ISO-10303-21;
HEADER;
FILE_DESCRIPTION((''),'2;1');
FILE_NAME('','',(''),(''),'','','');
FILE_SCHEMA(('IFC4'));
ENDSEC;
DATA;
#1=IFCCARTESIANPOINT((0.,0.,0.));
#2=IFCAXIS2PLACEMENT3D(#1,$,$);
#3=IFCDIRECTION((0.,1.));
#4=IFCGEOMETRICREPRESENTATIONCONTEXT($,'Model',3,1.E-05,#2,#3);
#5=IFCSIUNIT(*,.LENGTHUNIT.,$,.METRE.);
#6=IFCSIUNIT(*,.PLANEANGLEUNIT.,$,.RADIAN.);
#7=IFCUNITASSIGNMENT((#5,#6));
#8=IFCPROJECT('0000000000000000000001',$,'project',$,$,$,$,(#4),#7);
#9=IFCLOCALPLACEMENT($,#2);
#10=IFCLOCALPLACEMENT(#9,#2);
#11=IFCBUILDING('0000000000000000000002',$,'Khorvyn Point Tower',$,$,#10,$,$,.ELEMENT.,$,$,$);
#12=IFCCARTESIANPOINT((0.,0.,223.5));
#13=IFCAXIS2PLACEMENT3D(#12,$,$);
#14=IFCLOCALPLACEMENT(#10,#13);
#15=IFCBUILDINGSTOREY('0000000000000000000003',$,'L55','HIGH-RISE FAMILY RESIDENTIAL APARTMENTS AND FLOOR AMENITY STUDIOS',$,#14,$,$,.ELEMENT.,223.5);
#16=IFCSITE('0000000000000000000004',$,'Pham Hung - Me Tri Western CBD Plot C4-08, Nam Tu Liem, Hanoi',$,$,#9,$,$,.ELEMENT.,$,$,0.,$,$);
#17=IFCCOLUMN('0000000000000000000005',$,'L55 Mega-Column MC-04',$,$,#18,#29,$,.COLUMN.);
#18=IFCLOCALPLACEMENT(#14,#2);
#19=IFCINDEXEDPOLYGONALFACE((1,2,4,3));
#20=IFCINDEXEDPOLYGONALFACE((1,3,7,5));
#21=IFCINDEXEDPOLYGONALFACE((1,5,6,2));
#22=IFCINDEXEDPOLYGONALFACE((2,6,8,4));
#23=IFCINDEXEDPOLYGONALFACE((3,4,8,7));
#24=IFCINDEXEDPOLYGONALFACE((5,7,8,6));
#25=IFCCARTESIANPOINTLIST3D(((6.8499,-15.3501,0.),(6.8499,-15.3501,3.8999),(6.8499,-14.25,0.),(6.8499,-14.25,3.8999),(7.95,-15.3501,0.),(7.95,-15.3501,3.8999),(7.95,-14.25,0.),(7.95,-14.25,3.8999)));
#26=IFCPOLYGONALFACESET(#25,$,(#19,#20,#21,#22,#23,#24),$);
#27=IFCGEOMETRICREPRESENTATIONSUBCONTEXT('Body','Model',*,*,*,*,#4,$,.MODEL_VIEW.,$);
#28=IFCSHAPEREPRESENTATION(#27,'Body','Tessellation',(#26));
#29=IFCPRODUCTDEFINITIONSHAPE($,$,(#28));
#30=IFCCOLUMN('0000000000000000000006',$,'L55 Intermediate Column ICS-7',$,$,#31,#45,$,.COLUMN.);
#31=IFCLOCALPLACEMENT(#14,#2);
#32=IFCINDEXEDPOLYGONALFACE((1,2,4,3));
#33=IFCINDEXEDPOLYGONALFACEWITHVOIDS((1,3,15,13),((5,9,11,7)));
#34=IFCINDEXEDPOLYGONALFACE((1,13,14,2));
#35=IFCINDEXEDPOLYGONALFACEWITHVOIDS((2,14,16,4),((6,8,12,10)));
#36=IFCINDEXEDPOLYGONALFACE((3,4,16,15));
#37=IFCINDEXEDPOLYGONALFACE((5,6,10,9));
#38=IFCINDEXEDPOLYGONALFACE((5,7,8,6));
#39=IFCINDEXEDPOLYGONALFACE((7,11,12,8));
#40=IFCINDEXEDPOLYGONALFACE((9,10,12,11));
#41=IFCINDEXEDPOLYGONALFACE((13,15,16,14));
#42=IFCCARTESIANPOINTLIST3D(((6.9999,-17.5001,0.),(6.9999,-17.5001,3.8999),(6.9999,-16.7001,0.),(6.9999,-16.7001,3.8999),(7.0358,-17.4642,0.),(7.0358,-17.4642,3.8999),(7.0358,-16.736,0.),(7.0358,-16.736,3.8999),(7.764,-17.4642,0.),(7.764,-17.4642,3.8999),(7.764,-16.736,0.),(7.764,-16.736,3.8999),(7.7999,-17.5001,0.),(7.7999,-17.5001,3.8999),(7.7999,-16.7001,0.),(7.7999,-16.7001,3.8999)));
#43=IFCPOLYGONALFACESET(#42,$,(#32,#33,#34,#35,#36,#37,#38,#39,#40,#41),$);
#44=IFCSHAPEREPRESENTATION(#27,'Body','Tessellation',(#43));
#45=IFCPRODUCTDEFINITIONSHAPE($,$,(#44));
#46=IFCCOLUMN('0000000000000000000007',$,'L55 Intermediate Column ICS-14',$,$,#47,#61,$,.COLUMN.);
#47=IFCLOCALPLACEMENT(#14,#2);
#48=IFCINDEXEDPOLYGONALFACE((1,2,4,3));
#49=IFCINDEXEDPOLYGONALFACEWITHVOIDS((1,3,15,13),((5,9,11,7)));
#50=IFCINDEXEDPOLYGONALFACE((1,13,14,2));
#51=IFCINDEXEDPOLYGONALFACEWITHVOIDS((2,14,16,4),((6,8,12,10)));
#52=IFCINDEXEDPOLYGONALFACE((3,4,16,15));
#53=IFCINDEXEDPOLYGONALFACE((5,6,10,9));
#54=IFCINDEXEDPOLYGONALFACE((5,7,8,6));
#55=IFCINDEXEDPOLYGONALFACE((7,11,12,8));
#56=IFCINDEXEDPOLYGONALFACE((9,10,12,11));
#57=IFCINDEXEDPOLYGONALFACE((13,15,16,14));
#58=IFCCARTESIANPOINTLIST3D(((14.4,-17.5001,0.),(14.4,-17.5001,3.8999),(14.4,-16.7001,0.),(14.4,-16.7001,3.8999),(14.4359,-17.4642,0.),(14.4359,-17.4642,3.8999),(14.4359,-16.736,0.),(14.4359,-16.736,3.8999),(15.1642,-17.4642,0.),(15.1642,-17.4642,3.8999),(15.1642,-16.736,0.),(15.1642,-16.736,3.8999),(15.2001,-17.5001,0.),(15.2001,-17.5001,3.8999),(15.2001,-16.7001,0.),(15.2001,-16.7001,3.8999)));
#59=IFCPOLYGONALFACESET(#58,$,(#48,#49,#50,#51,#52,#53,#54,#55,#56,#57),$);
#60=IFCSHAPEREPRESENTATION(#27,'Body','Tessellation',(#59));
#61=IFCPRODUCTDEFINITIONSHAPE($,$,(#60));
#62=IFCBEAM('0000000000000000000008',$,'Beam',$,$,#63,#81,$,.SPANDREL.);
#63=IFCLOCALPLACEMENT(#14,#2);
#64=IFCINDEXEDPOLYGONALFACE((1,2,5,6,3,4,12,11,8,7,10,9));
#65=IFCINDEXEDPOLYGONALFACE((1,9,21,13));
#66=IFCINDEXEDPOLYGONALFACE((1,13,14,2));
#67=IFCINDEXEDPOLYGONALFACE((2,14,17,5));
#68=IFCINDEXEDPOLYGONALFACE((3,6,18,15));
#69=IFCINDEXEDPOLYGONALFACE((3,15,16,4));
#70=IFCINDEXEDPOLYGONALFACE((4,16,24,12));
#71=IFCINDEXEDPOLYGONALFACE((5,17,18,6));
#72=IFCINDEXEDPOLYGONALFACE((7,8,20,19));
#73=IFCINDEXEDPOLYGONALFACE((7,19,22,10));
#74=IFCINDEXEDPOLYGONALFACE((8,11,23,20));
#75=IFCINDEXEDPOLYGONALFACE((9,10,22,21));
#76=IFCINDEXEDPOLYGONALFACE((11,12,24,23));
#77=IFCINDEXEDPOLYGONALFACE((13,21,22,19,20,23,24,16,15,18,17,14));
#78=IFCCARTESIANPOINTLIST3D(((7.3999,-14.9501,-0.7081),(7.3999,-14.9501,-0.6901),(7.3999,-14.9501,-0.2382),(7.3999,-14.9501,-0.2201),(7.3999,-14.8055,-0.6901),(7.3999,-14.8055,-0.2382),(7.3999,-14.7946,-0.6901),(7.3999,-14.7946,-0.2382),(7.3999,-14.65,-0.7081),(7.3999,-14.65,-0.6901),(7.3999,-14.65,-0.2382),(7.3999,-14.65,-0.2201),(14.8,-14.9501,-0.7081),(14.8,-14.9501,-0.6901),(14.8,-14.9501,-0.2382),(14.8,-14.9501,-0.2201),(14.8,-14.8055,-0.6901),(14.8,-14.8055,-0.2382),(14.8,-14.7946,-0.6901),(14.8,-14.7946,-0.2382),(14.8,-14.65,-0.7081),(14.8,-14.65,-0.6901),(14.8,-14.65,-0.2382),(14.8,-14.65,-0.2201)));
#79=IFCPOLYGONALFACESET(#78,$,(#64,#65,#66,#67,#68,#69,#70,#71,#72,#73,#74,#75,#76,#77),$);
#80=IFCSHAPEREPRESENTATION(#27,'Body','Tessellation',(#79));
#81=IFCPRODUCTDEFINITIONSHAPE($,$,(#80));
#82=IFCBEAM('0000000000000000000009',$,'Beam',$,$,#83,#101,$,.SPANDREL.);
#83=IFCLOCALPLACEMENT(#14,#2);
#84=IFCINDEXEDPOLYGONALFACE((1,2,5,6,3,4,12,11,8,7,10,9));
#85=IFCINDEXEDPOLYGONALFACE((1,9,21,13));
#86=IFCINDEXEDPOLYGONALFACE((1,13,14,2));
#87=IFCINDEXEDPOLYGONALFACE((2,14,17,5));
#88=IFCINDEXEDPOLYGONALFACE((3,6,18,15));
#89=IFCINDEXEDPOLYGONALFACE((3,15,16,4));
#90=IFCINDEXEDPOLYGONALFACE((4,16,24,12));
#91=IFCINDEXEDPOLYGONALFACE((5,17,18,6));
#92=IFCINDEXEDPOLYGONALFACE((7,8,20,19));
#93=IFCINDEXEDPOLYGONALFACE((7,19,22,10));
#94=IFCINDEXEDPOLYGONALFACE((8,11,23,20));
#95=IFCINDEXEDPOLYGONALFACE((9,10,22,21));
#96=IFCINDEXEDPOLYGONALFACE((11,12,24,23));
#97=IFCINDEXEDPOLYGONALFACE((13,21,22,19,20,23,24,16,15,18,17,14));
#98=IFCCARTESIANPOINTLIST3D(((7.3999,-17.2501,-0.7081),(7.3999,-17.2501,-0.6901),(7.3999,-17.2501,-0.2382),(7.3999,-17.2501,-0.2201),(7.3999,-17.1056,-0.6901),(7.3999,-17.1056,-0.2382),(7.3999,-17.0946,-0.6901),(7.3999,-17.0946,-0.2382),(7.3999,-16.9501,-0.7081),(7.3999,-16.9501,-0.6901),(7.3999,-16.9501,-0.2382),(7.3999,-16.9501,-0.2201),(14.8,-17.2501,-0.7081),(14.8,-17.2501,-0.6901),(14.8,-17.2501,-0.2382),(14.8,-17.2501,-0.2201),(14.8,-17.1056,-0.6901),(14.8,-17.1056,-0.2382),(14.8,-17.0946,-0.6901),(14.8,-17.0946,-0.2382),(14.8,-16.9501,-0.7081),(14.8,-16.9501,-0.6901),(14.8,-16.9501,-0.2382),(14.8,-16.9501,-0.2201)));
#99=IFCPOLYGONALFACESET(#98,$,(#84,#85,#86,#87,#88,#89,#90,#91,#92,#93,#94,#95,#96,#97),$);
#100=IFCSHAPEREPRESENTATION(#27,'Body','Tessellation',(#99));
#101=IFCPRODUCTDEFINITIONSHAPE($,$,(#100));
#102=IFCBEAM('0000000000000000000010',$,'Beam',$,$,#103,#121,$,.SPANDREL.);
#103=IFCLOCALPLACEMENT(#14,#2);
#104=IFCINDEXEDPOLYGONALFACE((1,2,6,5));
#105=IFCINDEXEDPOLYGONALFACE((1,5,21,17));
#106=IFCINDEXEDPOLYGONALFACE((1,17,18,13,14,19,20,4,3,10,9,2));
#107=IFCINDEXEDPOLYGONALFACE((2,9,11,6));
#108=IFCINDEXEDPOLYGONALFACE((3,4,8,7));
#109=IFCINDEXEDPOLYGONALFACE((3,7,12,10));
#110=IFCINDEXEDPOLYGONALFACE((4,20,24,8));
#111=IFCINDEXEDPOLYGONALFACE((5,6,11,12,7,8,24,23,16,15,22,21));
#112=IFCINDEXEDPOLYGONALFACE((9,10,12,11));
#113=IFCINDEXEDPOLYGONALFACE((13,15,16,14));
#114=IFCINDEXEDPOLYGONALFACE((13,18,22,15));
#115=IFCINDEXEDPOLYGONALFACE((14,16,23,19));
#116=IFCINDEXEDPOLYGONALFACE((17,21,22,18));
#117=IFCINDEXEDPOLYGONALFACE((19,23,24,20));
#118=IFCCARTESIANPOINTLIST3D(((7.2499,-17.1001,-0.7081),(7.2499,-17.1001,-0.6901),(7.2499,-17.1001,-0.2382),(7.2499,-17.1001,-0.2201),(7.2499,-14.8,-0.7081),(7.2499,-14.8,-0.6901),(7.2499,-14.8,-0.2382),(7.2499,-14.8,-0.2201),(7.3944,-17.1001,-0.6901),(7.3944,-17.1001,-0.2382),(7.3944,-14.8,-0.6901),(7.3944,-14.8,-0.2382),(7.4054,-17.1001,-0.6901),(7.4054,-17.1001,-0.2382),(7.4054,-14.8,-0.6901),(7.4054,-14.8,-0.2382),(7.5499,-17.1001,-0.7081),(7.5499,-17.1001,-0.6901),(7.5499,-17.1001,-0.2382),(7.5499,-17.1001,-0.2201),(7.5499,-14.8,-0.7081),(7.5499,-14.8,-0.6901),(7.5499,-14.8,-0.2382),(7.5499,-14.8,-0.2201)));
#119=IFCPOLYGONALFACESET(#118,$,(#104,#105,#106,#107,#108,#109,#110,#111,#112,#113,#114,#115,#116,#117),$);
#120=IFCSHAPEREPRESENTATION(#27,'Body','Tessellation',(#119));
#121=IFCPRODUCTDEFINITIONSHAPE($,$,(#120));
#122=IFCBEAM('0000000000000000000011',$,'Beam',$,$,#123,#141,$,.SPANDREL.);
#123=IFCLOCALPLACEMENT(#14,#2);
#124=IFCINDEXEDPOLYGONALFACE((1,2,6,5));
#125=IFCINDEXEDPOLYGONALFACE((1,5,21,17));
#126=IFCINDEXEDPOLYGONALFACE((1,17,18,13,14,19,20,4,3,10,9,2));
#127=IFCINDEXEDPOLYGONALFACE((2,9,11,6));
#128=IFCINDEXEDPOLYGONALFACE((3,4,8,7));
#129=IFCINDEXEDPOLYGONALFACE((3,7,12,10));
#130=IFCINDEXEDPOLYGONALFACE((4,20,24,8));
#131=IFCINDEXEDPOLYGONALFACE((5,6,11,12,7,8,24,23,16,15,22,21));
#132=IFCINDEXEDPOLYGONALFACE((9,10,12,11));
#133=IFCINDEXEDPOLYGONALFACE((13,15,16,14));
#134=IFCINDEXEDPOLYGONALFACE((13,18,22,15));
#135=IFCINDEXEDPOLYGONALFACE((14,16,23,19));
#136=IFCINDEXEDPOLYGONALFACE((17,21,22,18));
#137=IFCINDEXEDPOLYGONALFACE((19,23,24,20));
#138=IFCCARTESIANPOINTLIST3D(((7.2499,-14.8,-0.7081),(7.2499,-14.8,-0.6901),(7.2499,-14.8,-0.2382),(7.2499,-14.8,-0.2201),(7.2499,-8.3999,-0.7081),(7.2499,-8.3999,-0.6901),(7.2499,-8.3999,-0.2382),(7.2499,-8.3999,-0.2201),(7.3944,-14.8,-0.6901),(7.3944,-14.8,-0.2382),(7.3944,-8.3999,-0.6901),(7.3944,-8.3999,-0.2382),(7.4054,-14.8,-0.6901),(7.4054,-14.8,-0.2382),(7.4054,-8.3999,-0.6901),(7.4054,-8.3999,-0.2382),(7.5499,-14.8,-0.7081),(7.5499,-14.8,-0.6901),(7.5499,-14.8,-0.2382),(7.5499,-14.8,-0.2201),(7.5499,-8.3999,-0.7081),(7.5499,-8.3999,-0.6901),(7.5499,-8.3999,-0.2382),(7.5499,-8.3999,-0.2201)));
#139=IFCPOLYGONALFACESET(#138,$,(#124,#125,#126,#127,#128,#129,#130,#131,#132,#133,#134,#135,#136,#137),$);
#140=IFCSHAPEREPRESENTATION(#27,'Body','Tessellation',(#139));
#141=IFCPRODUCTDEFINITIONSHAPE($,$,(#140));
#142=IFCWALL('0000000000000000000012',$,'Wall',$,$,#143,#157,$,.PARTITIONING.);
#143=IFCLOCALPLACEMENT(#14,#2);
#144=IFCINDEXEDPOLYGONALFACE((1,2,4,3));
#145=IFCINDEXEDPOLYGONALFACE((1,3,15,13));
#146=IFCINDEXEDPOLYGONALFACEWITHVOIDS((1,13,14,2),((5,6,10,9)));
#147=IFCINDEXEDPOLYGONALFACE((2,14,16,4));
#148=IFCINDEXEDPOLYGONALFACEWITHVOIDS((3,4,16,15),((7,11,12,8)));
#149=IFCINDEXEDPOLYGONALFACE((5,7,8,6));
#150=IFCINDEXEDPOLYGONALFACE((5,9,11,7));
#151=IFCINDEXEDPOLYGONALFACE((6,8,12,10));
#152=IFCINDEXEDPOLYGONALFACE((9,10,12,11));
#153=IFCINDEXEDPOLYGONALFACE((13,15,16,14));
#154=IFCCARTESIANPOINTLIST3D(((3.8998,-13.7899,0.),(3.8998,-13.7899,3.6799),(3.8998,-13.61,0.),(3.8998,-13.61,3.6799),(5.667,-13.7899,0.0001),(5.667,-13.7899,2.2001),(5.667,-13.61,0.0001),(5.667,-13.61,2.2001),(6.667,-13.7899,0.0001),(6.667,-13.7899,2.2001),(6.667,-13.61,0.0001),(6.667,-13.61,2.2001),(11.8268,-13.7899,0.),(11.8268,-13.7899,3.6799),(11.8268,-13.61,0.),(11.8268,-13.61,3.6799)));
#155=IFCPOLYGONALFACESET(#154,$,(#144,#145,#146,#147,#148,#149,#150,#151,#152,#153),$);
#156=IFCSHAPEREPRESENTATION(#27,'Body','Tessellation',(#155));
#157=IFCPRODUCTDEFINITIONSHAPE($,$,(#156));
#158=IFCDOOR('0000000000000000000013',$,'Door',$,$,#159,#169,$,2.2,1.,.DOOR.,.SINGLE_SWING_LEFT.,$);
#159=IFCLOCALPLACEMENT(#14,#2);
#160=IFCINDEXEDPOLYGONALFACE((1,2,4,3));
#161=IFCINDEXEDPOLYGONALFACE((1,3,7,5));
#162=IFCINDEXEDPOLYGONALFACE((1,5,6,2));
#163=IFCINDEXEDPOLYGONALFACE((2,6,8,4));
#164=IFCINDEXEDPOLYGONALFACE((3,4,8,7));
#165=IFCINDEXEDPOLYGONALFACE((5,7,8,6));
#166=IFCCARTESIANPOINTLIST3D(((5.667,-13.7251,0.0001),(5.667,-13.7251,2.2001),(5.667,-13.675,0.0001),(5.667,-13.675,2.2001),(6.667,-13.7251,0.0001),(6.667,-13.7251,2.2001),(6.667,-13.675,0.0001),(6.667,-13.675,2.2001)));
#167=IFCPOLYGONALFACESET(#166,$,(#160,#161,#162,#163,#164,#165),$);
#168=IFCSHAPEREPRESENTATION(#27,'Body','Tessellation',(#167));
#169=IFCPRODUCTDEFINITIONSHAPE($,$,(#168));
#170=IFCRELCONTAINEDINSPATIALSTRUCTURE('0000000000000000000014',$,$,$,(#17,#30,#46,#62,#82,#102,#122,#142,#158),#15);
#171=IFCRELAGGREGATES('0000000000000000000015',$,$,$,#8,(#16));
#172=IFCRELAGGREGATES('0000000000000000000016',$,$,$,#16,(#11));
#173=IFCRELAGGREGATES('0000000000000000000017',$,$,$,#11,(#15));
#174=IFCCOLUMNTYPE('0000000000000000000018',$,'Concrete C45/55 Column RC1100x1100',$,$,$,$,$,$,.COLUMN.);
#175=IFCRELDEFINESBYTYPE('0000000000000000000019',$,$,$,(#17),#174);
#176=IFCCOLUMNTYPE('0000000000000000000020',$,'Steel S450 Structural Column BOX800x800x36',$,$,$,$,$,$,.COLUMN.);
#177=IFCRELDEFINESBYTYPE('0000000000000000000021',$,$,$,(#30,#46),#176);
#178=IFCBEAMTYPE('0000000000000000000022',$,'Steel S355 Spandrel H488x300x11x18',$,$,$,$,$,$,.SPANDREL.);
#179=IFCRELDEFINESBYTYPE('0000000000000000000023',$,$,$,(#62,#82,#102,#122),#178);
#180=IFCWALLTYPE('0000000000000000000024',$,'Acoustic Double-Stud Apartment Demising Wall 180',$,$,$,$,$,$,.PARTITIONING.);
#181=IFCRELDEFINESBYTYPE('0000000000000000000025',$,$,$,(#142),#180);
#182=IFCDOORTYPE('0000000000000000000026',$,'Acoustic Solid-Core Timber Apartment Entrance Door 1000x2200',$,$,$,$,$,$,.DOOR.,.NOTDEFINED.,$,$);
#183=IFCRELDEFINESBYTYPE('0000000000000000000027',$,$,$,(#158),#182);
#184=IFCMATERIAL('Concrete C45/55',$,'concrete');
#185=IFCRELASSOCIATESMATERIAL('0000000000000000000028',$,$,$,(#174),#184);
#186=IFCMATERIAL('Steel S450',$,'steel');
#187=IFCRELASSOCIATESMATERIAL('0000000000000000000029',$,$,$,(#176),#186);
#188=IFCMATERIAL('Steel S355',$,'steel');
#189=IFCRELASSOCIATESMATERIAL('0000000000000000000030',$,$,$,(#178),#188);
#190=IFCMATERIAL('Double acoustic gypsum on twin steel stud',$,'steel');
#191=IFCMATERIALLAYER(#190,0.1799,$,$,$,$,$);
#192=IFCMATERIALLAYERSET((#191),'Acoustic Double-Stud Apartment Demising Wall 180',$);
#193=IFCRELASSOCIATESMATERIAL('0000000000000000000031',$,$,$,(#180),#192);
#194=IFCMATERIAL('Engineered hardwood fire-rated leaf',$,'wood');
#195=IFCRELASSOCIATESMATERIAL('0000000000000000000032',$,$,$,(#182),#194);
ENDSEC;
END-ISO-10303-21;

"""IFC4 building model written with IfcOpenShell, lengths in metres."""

from ifc_helpers import new_model, si_unit, direction, frame, frame_2d, origin, origin_2d, place, context, subcontext, project, spatial, rectangle, hollow_rectangle, i_section, extrude, material, layer, layer_set, material_profile, profile_set, type_object, element, fill, save


model = new_model("IFC4")

# Units and contexts
model_context = context("Model", 3, precision=1e-05, world=origin(), true_north=direction((0.0, 1.0)))
body_context = subcontext(model_context, "Body", "Model", "MODEL_VIEW")
ifc_project = project(units=[si_unit("LENGTHUNIT", "METRE"), si_unit("PLANEANGLEUNIT", "RADIAN")], contexts=[model_context])

# Site, building, storey
site_placement = place(None, origin())
site = spatial("IfcSite", under=ifc_project, at=site_placement, Name="Pham Hung - Me Tri Western CBD Plot C4-08, Nam Tu Liem, Hanoi", CompositionType="ELEMENT", RefElevation=0.0)
building_placement = place(site_placement, origin())
building = spatial("IfcBuilding", under=site, at=building_placement, Name="Khorvyn Point Tower", CompositionType="ELEMENT")
storey_placement = place(building_placement, frame((0.0, 0.0, 223.5)))
storey = spatial("IfcBuildingStorey", under=building, at=storey_placement, Name="L55", Description="HIGH-RISE FAMILY RESIDENTIAL APARTMENTS AND FLOOR AMENITY STUDIOS", CompositionType="ELEMENT", Elevation=223.5)

# Columns
ifc_material_1 = material(Name="Concrete C45/55", Category="concrete")
ifc_material_profile_1 = material_profile(ifc_material_1, rectangle(XDim=1.1001, YDim=1.1001, at=origin_2d()))
ifc_profile_set_1 = profile_set([ifc_material_profile_1], Name="Concrete C45/55 RC1100x1100")
column_type_1 = type_object("IfcColumnType", Name="Concrete C45/55 Column RC1100x1100", PredefinedType="COLUMN", material=ifc_profile_set_1)
column_placement = place(storey_placement, frame((7.3999, -14.8, 0.0), z_axis=(0.0, 0.0, 1.0), x_axis=(1.0, 0.0, 0.0)))
element("IfcColumn", 1, at=column_placement, inside=storey, type_object=column_type_1, Name="L55 Mega-Column MC-04", PredefinedType="COLUMN", context=body_context, shape_type="SweptSolid", body=[
    extrude(rectangle(XDim=1.1001, YDim=1.1001, at=origin_2d()), origin(), (0.0, 0.0, 1.0), 3.8999),
])
ifc_material_2 = material(Name="Steel S450", Category="steel")
ifc_material_profile_2 = material_profile(ifc_material_2, hollow_rectangle(XDim=0.8, YDim=0.8, WallThickness=0.0359, at=origin_2d()))
ifc_profile_set_2 = profile_set([ifc_material_profile_2], Name="Steel S450 BOX800x800x36")
column_type_2 = type_object("IfcColumnType", Name="Steel S450 Structural Column BOX800x800x36", PredefinedType="COLUMN", material=ifc_profile_set_2)
for number, where, z_axis, x_axis, name in (
    (2, (7.3999, -17.1001, 0.0), (0.0, 0.0, 1.0), (1.0, 0.0, 0.0), "L55 Intermediate Column ICS-7"),
    (3, (14.8, -17.1001, 0.0), (0.0, 0.0, 1.0), (1.0, 0.0, 0.0), "L55 Intermediate Column ICS-14"),
):
    element("IfcColumn", number, at=place(storey_placement, frame(where, z_axis=z_axis, x_axis=x_axis)), inside=storey, type_object=column_type_2, Name=name, PredefinedType="COLUMN", context=body_context, shape_type="SweptSolid", body=[
        extrude(hollow_rectangle(XDim=0.8, YDim=0.8, WallThickness=0.0359, at=origin_2d()), origin(), (0.0, 0.0, 1.0), 3.8999),
    ])

# Beams
ifc_material_3 = material(Name="Steel S355", Category="steel")
ifc_material_profile_3 = material_profile(ifc_material_3, i_section(OverallWidth=0.3, OverallDepth=0.488, WebThickness=0.011, FlangeThickness=0.0181, at=origin_2d()))
ifc_profile_set_3 = profile_set([ifc_material_profile_3], Name="Steel S355 H488x300x11x18")
beam_type = type_object("IfcBeamType", Name="Steel S355 Spandrel H488x300x11x18", PredefinedType="SPANDREL", material=ifc_profile_set_3)
for number, where, z_axis, x_axis, name in (
    (4, (7.3999, -14.8, -0.4641), (1.0, 0.0, 0.0), (0.0, 1.0, 0.0), "Beam"),
    (5, (7.3999, -17.1001, -0.4641), (1.0, 0.0, 0.0), (0.0, 1.0, 0.0), "Beam"),
):
    element("IfcBeam", number, at=place(storey_placement, frame(where, z_axis=z_axis, x_axis=x_axis)), inside=storey, type_object=beam_type, Name=name, PredefinedType="SPANDREL", context=body_context, shape_type="SweptSolid", body=[
        extrude(i_section(OverallWidth=0.3, OverallDepth=0.488, WebThickness=0.011, FlangeThickness=0.0181, at=origin_2d()), origin(), (0.0, 0.0, 1.0), 7.4001),
    ])
beam_1_placement = place(storey_placement, frame((7.3999, -17.1001, -0.4641), z_axis=(0.0, 1.0, 0.0), x_axis=(-1.0, 0.0, 0.0)))
element("IfcBeam", 6, at=beam_1_placement, inside=storey, type_object=beam_type, Name="Beam", PredefinedType="SPANDREL", context=body_context, shape_type="SweptSolid", body=[
    extrude(i_section(OverallWidth=0.3, OverallDepth=0.488, WebThickness=0.011, FlangeThickness=0.0181, at=origin_2d()), origin(), (0.0, 0.0, 1.0), 2.3),
])
beam_2_placement = place(storey_placement, frame((7.3999, -14.8, -0.4641), z_axis=(0.0, 1.0, 0.0), x_axis=(-1.0, 0.0, 0.0)))
element("IfcBeam", 7, at=beam_2_placement, inside=storey, type_object=beam_type, Name="Beam", PredefinedType="SPANDREL", context=body_context, shape_type="SweptSolid", body=[
    extrude(i_section(OverallWidth=0.3, OverallDepth=0.488, WebThickness=0.011, FlangeThickness=0.0181, at=origin_2d()), origin(), (0.0, 0.0, 1.0), 6.4001),
])

# Wall, opening, door
ifc_material_4 = material(Name="Double acoustic gypsum on twin steel stud", Category="steel")
ifc_layer_1 = layer(ifc_material_4, 0.1799)
ifc_layer_set_1 = layer_set([ifc_layer_1], Name="Acoustic Double-Stud Apartment Demising Wall 180")
wall_type_1 = type_object("IfcWallType", Name="Acoustic Double-Stud Apartment Demising Wall 180", PredefinedType="PARTITIONING", material=ifc_layer_set_1)
wall_1_placement = place(storey_placement, frame((3.8999, -13.7, 0.0), z_axis=(0.0, 0.0, 1.0), x_axis=(1.0, 0.0, 0.0)))
wall_1 = element("IfcWall", 8, at=wall_1_placement, inside=storey, type_object=wall_type_1, Name="Wall", PredefinedType="PARTITIONING", context=body_context, shape_type="SweptSolid", body=[
    extrude(rectangle(XDim=7.927, YDim=0.1799, at=frame_2d((3.9634, 0.0))), origin(), (0.0, 0.0, 1.0), 3.6799),
])
opening_1_placement = place(wall_1_placement, frame((1.7671, 0.0, 0.0)))
opening_1 = element("IfcOpeningElement", 9, at=opening_1_placement, cuts=wall_1, PredefinedType="OPENING", context=body_context, shape_type="SweptSolid", body=[
    extrude(rectangle(XDim=1.0, YDim=2.2, at=frame_2d((0.5, 1.1001))), frame((0.0, 0.0999, 0.0), z_axis=(0.0, -1.0, 0.0), x_axis=(1.0, 0.0, 0.0)), (0.0, 0.0, 1.0), 0.2),
])
ifc_material_5 = material(Name="Engineered hardwood fire-rated leaf", Category="wood")
door_type_1 = type_object("IfcDoorType", Name="Acoustic Solid-Core Timber Apartment Entrance Door 1000x2200", OperationType="NOTDEFINED", PredefinedType="DOOR", material=ifc_material_5)
door_1_placement = place(opening_1_placement, origin())
door_1 = element("IfcDoor", 10, at=door_1_placement, inside=storey, type_object=door_type_1, Name="Door", OperationType="SINGLE_SWING_LEFT", OverallHeight=2.2, OverallWidth=1.0, PredefinedType="DOOR", context=body_context, shape_type="SweptSolid", body=[
    extrude(rectangle(XDim=1.0, YDim=2.2, at=frame_2d((0.5, 1.1001))), frame((0.0, 0.0249, 0.0), z_axis=(0.0, -1.0, 0.0), x_axis=(1.0, 0.0, 0.0)), (0.0, 0.0, 1.0), 0.05),
])
fill(opening_1, door_1)

save(model, "model.ifc")
